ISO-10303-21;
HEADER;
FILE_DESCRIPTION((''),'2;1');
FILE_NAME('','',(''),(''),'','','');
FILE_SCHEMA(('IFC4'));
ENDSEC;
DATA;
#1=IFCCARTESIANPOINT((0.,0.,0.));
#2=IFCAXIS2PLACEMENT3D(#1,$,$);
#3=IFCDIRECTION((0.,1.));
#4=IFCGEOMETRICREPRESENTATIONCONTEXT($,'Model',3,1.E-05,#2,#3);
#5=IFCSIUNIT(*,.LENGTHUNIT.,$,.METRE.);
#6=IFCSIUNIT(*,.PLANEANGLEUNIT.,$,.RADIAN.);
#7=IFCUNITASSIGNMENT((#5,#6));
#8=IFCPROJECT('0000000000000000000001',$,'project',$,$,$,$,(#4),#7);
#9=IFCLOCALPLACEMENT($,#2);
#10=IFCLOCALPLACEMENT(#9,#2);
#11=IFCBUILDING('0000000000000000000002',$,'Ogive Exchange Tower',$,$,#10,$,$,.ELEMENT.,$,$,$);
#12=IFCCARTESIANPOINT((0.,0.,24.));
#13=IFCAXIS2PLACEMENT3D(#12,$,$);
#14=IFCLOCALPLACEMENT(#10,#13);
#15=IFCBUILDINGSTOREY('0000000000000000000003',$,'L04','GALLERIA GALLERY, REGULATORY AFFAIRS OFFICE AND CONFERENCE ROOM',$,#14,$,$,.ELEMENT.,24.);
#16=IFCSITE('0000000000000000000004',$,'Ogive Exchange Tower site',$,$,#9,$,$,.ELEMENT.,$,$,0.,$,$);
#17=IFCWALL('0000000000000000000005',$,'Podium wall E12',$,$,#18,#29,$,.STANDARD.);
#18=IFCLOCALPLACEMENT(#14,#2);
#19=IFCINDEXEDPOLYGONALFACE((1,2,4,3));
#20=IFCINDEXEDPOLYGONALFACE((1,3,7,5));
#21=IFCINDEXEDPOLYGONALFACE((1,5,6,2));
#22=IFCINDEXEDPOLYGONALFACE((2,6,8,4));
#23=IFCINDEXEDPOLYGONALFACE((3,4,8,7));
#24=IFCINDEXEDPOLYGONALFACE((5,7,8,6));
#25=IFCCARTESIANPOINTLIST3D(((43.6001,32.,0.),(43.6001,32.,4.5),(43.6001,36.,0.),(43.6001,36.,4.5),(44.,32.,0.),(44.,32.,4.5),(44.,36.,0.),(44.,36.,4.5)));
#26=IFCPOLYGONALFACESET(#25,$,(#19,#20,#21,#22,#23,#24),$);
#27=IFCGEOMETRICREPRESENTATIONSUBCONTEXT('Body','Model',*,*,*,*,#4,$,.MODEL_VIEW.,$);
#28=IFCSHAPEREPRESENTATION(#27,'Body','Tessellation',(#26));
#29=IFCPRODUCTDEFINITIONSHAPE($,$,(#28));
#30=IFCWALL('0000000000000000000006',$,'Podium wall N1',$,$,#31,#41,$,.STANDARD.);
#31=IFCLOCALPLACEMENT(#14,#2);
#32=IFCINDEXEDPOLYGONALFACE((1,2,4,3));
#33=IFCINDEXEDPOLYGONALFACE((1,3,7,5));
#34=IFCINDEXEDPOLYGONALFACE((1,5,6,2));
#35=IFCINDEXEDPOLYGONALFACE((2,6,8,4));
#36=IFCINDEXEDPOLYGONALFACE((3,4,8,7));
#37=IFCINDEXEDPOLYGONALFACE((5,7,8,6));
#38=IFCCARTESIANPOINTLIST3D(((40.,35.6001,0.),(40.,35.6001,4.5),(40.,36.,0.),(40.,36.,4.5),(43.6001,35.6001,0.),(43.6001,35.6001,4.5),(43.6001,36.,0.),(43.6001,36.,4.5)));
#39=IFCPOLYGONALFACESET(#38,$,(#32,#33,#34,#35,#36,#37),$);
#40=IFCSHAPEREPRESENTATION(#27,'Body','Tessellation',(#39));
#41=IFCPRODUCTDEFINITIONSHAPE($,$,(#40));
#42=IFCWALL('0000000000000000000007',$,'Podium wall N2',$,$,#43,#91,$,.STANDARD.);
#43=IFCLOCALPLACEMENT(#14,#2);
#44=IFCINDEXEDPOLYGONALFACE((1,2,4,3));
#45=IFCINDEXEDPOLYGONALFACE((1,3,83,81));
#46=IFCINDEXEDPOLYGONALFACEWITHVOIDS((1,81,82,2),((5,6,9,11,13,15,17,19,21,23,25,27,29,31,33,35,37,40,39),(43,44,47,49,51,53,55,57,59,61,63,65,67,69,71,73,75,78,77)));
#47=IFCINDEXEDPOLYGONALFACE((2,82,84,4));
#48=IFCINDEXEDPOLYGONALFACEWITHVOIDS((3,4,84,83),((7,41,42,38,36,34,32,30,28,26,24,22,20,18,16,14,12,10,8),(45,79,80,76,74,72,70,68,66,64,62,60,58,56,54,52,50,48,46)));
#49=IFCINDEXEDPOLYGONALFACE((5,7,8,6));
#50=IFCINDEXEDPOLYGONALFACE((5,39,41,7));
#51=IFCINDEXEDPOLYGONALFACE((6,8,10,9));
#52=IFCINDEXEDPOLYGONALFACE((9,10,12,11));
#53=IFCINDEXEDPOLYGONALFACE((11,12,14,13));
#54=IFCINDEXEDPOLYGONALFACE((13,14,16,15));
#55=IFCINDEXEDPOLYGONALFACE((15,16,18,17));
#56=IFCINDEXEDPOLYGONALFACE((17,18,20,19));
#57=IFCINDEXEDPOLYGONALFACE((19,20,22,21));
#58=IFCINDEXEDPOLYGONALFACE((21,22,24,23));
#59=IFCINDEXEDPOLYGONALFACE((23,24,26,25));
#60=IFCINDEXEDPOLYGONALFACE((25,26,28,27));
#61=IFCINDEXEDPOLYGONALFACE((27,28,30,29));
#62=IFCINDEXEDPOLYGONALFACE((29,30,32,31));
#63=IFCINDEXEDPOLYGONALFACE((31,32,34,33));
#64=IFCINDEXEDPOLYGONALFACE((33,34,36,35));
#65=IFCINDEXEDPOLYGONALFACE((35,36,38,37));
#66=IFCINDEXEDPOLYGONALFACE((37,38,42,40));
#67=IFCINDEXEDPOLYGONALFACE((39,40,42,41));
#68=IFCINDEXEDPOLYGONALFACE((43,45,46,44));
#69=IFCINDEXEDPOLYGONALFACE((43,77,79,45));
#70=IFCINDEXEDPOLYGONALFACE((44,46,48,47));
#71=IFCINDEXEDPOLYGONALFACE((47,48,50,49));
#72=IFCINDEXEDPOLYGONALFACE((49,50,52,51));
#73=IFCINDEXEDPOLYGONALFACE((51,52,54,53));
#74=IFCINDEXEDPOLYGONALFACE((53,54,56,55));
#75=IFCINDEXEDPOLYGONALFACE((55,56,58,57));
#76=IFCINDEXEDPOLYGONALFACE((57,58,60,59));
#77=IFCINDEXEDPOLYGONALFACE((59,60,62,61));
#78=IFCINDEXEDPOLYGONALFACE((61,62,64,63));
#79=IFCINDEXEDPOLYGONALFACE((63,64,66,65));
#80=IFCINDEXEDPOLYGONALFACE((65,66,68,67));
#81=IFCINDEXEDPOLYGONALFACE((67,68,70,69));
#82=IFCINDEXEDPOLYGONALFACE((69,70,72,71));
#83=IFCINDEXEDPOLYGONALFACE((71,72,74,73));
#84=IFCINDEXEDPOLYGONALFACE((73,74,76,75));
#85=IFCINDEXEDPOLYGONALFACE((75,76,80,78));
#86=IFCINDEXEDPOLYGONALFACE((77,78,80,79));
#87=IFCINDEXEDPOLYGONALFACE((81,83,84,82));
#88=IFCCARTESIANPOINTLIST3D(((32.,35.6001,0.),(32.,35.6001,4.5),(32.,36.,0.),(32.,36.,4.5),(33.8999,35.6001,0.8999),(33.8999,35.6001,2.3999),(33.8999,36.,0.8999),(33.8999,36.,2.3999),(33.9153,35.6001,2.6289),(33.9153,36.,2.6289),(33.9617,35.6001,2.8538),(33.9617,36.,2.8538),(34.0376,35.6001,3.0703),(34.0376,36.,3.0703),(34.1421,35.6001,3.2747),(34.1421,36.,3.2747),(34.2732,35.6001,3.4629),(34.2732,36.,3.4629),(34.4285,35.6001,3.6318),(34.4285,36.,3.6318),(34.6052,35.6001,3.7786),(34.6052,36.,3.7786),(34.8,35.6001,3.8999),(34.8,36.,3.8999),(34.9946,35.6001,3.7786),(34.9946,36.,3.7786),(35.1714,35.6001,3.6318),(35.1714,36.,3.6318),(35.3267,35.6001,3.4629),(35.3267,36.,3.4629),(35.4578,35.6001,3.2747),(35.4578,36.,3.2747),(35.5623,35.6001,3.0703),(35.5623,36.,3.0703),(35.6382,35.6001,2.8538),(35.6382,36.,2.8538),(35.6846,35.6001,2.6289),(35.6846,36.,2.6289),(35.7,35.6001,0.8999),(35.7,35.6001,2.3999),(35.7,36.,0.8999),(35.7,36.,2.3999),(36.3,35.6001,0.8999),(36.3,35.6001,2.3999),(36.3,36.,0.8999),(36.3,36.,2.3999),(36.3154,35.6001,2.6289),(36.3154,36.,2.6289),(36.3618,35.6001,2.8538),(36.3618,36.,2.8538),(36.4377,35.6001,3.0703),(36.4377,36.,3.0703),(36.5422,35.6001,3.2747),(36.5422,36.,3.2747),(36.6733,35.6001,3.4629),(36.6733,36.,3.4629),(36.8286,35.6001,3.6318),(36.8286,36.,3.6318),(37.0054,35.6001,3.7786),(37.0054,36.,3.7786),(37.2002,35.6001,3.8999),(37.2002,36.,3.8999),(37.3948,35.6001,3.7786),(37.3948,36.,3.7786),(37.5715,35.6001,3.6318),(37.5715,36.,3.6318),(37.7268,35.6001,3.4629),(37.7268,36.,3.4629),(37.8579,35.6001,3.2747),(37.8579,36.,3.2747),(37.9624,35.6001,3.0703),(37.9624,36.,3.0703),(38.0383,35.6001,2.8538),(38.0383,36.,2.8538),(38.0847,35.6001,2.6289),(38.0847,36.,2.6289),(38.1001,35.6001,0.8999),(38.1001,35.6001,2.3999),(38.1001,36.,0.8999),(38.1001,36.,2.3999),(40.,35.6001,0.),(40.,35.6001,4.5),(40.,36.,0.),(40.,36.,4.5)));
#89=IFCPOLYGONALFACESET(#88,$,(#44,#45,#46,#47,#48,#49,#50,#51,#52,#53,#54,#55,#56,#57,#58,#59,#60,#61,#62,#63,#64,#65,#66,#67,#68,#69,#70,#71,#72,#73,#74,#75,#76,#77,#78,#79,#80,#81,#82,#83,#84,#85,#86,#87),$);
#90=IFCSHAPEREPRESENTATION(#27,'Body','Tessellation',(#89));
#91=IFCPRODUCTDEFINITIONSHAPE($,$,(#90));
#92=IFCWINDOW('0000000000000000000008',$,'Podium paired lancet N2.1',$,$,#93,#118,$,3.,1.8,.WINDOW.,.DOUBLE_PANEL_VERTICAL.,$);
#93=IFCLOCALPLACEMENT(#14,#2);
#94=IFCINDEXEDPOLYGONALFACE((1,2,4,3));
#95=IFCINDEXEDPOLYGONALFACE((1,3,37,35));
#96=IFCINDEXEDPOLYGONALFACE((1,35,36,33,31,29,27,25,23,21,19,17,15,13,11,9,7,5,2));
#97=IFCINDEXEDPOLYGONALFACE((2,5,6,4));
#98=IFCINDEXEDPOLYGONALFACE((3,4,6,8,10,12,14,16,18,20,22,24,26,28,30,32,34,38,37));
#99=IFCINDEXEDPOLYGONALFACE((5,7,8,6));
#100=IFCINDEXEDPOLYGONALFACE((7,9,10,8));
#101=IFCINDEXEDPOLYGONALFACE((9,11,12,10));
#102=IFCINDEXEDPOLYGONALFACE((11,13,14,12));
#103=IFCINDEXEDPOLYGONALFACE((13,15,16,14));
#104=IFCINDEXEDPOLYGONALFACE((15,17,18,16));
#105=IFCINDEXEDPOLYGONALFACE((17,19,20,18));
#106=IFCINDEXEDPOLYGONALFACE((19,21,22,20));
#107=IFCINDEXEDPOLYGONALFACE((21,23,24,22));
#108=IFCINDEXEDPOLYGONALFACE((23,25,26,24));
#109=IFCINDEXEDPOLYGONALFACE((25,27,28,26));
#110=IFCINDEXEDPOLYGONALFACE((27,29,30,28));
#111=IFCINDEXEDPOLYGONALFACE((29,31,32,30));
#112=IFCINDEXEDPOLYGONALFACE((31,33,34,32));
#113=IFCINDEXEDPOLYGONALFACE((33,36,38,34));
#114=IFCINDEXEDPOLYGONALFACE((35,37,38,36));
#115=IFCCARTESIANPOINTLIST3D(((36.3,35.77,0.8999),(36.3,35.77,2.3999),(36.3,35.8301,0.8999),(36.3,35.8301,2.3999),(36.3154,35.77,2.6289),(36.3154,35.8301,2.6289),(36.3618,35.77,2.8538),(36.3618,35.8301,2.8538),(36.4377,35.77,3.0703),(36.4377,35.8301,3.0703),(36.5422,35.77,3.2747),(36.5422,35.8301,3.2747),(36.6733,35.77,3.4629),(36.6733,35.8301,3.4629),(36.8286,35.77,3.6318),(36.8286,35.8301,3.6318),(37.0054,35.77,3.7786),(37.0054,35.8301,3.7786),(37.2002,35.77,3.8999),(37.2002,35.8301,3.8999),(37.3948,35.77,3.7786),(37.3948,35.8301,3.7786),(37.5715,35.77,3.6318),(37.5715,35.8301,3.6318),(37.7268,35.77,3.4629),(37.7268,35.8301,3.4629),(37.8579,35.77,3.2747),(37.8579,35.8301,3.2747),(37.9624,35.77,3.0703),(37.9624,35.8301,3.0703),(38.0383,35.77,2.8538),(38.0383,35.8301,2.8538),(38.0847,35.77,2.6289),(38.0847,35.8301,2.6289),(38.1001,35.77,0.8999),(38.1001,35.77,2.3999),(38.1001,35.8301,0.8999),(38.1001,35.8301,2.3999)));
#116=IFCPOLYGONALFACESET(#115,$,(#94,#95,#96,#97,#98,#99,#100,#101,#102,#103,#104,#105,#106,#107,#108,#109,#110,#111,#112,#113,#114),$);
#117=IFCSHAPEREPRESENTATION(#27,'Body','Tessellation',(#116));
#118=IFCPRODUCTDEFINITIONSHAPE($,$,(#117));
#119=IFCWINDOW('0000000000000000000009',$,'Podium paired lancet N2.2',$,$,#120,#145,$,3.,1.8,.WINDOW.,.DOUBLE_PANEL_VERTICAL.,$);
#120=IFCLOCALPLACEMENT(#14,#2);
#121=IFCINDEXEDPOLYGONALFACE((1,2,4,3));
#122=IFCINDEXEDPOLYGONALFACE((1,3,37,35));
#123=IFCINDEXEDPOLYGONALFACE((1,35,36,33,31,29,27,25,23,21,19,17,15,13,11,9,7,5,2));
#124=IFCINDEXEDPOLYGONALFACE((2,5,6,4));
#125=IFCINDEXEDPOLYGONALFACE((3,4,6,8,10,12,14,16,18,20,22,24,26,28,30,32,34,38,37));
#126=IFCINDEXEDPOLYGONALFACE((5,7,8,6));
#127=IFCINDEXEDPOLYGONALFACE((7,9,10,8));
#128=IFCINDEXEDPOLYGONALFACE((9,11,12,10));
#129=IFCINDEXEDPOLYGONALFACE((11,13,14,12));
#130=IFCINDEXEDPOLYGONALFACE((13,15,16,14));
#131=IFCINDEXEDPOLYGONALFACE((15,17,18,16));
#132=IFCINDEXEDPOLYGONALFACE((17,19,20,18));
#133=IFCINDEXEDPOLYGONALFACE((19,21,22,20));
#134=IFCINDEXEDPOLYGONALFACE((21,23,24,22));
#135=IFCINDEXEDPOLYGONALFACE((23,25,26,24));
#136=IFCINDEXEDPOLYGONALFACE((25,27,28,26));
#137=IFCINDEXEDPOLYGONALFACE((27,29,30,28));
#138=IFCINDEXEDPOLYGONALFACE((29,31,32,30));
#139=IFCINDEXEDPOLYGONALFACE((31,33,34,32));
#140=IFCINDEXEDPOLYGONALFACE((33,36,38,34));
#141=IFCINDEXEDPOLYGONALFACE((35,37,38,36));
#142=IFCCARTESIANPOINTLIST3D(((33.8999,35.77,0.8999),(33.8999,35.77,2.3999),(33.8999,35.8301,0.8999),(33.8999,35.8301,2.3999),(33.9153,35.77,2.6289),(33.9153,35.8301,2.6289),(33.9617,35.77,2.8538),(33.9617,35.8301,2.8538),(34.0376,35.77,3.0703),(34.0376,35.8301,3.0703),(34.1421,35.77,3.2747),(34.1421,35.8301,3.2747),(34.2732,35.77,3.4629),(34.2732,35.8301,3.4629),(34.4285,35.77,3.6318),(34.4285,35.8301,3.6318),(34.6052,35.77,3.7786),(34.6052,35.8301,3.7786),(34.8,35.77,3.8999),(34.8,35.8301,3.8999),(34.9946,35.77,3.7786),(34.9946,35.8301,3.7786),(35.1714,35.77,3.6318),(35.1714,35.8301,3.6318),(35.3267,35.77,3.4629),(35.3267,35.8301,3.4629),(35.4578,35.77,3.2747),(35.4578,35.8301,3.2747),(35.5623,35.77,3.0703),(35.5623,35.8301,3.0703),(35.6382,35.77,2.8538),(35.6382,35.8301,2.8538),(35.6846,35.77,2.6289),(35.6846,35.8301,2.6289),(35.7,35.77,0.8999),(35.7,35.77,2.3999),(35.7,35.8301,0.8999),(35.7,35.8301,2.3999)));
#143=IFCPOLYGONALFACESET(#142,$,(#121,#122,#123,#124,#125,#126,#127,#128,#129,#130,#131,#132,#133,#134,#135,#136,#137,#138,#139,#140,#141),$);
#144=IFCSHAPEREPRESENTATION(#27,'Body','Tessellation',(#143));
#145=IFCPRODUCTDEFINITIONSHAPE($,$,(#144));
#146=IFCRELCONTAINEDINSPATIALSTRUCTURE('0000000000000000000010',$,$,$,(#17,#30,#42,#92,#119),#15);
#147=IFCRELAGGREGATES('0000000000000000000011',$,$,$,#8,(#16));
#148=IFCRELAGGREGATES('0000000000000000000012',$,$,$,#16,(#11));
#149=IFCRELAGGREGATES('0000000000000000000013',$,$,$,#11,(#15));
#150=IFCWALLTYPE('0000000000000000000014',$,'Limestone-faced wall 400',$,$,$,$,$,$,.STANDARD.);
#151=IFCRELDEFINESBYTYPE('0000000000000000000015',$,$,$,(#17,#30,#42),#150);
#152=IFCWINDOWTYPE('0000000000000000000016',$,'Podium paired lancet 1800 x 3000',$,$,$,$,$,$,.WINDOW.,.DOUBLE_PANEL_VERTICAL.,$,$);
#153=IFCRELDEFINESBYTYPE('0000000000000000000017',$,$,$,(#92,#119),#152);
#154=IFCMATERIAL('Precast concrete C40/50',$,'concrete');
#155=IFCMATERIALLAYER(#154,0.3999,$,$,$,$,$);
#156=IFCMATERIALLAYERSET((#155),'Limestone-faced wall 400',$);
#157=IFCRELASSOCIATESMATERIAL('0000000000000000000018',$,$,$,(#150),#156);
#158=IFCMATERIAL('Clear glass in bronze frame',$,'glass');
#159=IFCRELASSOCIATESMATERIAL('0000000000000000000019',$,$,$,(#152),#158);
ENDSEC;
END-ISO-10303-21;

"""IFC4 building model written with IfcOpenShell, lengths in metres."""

from ifc_helpers import new_model, si_unit, direction, frame, frame_2d, origin, place, context, subcontext, project, spatial, polyline, rectangle, outline, extrude, material, layer, layer_set, type_object, element, fill, save


model = new_model("IFC4")

# Units and contexts
model_context = context("Model", 3, precision=1e-05, world=origin(), true_north=direction((0.0, 1.0)))
body_context = subcontext(model_context, "Body", "Model", "MODEL_VIEW")
ifc_project = project(units=[si_unit("LENGTHUNIT", "METRE"), si_unit("PLANEANGLEUNIT", "RADIAN")], contexts=[model_context])

# Site, building, storey
site_placement = place(None, origin())
site = spatial("IfcSite", under=ifc_project, at=site_placement, Name="Ogive Exchange Tower site", CompositionType="ELEMENT", RefElevation=0.0)
building_placement = place(site_placement, origin())
building = spatial("IfcBuilding", under=site, at=building_placement, Name="Ogive Exchange Tower", CompositionType="ELEMENT")
storey_placement = place(building_placement, frame((0.0, 0.0, 24.0)))
storey = spatial("IfcBuildingStorey", under=building, at=storey_placement, Name="L04", Description="GALLERIA GALLERY, REGULATORY AFFAIRS OFFICE AND CONFERENCE ROOM", CompositionType="ELEMENT", Elevation=24.0)

# Walls
ifc_material_1 = material(Name="Precast concrete C40/50", Category="concrete")
ifc_layer_1 = layer(ifc_material_1, 0.3999)
ifc_layer_set_1 = layer_set([ifc_layer_1], Name="Limestone-faced wall 400")
wall_type_1 = type_object("IfcWallType", Name="Limestone-faced wall 400", PredefinedType="STANDARD", material=ifc_layer_set_1)
wall_1_placement = place(storey_placement, frame((43.8, 32.0, 0.0), z_axis=(0.0, 0.0, 1.0), x_axis=(0.0, 1.0, 0.0)))
element("IfcWall", 1, at=wall_1_placement, inside=storey, type_object=wall_type_1, Name="Podium wall E12", PredefinedType="STANDARD", context=body_context, shape_type="SweptSolid", body=[
    extrude(rectangle(XDim=4.0, YDim=0.3999, at=frame_2d((2.0, 0.0))), origin(), (0.0, 0.0, 1.0), 4.5),
])
wall_2_placement = place(storey_placement, frame((43.6001, 35.8, 0.0), z_axis=(0.0, 0.0, 1.0), x_axis=(-1.0, 0.0, 0.0)))
element("IfcWall", 2, at=wall_2_placement, inside=storey, type_object=wall_type_1, Name="Podium wall N1", PredefinedType="STANDARD", context=body_context, shape_type="SweptSolid", body=[
    extrude(rectangle(XDim=3.6001, YDim=0.3999, at=frame_2d((1.8, 0.0))), origin(), (0.0, 0.0, 1.0), 4.5),
])

# Wall, openings, windows
wall_3_placement = place(storey_placement, frame((40.0, 35.8, 0.0), z_axis=(0.0, 0.0, 1.0), x_axis=(-1.0, 0.0, 0.0)))
wall_3 = element("IfcWall", 3, at=wall_3_placement, inside=storey, type_object=wall_type_1, Name="Podium wall N2", PredefinedType="STANDARD", context=body_context, shape_type="SweptSolid", body=[
    extrude(rectangle(XDim=8.0, YDim=0.3999, at=frame_2d((4.0, 0.0))), origin(), (0.0, 0.0, 1.0), 4.5),
])
opening_1_placement = place(wall_3_placement, frame((1.8999, 0.0, 0.8999)))
opening_1 = element("IfcOpeningElement", 4, at=opening_1_placement, cuts=wall_3, PredefinedType="OPENING", context=body_context, shape_type="SweptSolid", body=[
    extrude(outline(polyline([(0.0, 0.0), (1.8, 0.0), (1.8, 1.5), (1.7847, 1.729), (1.7383, 1.9539), (1.6624, 2.1704), (1.5579, 2.3748), (1.4268, 2.563), (1.2715, 2.7319), (1.0947, 2.8787), (0.8999, 3.0), (0.7053, 2.8787), (0.5286, 2.7319), (0.3733, 2.563), (0.2422, 2.3748), (0.1377, 2.1704), (0.0618, 1.9539), (0.0154, 1.729), (0.0, 1.5), (0.0, 0.0)])), frame((0.0, 0.21, 0.0), z_axis=(0.0, -1.0, 0.0), x_axis=(1.0, 0.0, 0.0)), (0.0, 0.0, 1.0), 0.4199),
])
opening_2_placement = place(wall_3_placement, frame((4.3, 0.0, 0.8999)))
opening_2 = element("IfcOpeningElement", 5, at=opening_2_placement, cuts=wall_3, PredefinedType="OPENING", context=body_context, shape_type="SweptSolid", body=[
    extrude(outline(polyline([(0.0, 0.0), (1.8, 0.0), (1.8, 1.5), (1.7847, 1.729), (1.7383, 1.9539), (1.6624, 2.1704), (1.5579, 2.3748), (1.4268, 2.563), (1.2715, 2.7319), (1.0947, 2.8787), (0.8999, 3.0), (0.7053, 2.8787), (0.5286, 2.7319), (0.3733, 2.563), (0.2422, 2.3748), (0.1377, 2.1704), (0.0618, 1.9539), (0.0154, 1.729), (0.0, 1.5), (0.0, 0.0)])), frame((0.0, 0.21, 0.0), z_axis=(0.0, -1.0, 0.0), x_axis=(1.0, 0.0, 0.0)), (0.0, 0.0, 1.0), 0.4199),
])
ifc_material_2 = material(Name="Clear glass in bronze frame", Category="glass")
window_type = type_object("IfcWindowType", Name="Podium paired lancet 1800 x 3000", PartitioningType="DOUBLE_PANEL_VERTICAL", PredefinedType="WINDOW", material=ifc_material_2)
window_1_placement = place(opening_1_placement, origin())
window_1 = element("IfcWindow", 6, at=window_1_placement, inside=storey, type_object=window_type, Name="Podium paired lancet N2.1", OverallHeight=3.0, OverallWidth=1.8, PartitioningType="DOUBLE_PANEL_VERTICAL", PredefinedType="WINDOW", context=body_context, shape_type="SweptSolid", body=[
    extrude(outline(polyline([(0.0, 0.0), (1.8, 0.0), (1.8, 1.5), (1.7847, 1.729), (1.7383, 1.9539), (1.6624, 2.1704), (1.5579, 2.3748), (1.4268, 2.563), (1.2715, 2.7319), (1.0947, 2.8787), (0.8999, 3.0), (0.7053, 2.8787), (0.5286, 2.7319), (0.3733, 2.563), (0.2422, 2.3748), (0.1377, 2.1704), (0.0618, 1.9539), (0.0154, 1.729), (0.0, 1.5), (0.0, 0.0)])), frame((0.0, 0.03, 0.0), z_axis=(0.0, -1.0, 0.0), x_axis=(1.0, 0.0, 0.0)), (0.0, 0.0, 1.0), 0.0601),
])
fill(opening_1, window_1)
window_2_placement = place(opening_2_placement, origin())
window_2 = element("IfcWindow", 7, at=window_2_placement, inside=storey, type_object=window_type, Name="Podium paired lancet N2.2", OverallHeight=3.0, OverallWidth=1.8, PartitioningType="DOUBLE_PANEL_VERTICAL", PredefinedType="WINDOW", context=body_context, shape_type="SweptSolid", body=[
    extrude(outline(polyline([(0.0, 0.0), (1.8, 0.0), (1.8, 1.5), (1.7847, 1.729), (1.7383, 1.9539), (1.6624, 2.1704), (1.5579, 2.3748), (1.4268, 2.563), (1.2715, 2.7319), (1.0947, 2.8787), (0.8999, 3.0), (0.7053, 2.8787), (0.5286, 2.7319), (0.3733, 2.563), (0.2422, 2.3748), (0.1377, 2.1704), (0.0618, 1.9539), (0.0154, 1.729), (0.0, 1.5), (0.0, 0.0)])), frame((0.0, 0.03, 0.0), z_axis=(0.0, -1.0, 0.0), x_axis=(1.0, 0.0, 0.0)), (0.0, 0.0, 1.0), 0.0601),
])
fill(opening_2, window_2)

save(model, "model.ifc")
